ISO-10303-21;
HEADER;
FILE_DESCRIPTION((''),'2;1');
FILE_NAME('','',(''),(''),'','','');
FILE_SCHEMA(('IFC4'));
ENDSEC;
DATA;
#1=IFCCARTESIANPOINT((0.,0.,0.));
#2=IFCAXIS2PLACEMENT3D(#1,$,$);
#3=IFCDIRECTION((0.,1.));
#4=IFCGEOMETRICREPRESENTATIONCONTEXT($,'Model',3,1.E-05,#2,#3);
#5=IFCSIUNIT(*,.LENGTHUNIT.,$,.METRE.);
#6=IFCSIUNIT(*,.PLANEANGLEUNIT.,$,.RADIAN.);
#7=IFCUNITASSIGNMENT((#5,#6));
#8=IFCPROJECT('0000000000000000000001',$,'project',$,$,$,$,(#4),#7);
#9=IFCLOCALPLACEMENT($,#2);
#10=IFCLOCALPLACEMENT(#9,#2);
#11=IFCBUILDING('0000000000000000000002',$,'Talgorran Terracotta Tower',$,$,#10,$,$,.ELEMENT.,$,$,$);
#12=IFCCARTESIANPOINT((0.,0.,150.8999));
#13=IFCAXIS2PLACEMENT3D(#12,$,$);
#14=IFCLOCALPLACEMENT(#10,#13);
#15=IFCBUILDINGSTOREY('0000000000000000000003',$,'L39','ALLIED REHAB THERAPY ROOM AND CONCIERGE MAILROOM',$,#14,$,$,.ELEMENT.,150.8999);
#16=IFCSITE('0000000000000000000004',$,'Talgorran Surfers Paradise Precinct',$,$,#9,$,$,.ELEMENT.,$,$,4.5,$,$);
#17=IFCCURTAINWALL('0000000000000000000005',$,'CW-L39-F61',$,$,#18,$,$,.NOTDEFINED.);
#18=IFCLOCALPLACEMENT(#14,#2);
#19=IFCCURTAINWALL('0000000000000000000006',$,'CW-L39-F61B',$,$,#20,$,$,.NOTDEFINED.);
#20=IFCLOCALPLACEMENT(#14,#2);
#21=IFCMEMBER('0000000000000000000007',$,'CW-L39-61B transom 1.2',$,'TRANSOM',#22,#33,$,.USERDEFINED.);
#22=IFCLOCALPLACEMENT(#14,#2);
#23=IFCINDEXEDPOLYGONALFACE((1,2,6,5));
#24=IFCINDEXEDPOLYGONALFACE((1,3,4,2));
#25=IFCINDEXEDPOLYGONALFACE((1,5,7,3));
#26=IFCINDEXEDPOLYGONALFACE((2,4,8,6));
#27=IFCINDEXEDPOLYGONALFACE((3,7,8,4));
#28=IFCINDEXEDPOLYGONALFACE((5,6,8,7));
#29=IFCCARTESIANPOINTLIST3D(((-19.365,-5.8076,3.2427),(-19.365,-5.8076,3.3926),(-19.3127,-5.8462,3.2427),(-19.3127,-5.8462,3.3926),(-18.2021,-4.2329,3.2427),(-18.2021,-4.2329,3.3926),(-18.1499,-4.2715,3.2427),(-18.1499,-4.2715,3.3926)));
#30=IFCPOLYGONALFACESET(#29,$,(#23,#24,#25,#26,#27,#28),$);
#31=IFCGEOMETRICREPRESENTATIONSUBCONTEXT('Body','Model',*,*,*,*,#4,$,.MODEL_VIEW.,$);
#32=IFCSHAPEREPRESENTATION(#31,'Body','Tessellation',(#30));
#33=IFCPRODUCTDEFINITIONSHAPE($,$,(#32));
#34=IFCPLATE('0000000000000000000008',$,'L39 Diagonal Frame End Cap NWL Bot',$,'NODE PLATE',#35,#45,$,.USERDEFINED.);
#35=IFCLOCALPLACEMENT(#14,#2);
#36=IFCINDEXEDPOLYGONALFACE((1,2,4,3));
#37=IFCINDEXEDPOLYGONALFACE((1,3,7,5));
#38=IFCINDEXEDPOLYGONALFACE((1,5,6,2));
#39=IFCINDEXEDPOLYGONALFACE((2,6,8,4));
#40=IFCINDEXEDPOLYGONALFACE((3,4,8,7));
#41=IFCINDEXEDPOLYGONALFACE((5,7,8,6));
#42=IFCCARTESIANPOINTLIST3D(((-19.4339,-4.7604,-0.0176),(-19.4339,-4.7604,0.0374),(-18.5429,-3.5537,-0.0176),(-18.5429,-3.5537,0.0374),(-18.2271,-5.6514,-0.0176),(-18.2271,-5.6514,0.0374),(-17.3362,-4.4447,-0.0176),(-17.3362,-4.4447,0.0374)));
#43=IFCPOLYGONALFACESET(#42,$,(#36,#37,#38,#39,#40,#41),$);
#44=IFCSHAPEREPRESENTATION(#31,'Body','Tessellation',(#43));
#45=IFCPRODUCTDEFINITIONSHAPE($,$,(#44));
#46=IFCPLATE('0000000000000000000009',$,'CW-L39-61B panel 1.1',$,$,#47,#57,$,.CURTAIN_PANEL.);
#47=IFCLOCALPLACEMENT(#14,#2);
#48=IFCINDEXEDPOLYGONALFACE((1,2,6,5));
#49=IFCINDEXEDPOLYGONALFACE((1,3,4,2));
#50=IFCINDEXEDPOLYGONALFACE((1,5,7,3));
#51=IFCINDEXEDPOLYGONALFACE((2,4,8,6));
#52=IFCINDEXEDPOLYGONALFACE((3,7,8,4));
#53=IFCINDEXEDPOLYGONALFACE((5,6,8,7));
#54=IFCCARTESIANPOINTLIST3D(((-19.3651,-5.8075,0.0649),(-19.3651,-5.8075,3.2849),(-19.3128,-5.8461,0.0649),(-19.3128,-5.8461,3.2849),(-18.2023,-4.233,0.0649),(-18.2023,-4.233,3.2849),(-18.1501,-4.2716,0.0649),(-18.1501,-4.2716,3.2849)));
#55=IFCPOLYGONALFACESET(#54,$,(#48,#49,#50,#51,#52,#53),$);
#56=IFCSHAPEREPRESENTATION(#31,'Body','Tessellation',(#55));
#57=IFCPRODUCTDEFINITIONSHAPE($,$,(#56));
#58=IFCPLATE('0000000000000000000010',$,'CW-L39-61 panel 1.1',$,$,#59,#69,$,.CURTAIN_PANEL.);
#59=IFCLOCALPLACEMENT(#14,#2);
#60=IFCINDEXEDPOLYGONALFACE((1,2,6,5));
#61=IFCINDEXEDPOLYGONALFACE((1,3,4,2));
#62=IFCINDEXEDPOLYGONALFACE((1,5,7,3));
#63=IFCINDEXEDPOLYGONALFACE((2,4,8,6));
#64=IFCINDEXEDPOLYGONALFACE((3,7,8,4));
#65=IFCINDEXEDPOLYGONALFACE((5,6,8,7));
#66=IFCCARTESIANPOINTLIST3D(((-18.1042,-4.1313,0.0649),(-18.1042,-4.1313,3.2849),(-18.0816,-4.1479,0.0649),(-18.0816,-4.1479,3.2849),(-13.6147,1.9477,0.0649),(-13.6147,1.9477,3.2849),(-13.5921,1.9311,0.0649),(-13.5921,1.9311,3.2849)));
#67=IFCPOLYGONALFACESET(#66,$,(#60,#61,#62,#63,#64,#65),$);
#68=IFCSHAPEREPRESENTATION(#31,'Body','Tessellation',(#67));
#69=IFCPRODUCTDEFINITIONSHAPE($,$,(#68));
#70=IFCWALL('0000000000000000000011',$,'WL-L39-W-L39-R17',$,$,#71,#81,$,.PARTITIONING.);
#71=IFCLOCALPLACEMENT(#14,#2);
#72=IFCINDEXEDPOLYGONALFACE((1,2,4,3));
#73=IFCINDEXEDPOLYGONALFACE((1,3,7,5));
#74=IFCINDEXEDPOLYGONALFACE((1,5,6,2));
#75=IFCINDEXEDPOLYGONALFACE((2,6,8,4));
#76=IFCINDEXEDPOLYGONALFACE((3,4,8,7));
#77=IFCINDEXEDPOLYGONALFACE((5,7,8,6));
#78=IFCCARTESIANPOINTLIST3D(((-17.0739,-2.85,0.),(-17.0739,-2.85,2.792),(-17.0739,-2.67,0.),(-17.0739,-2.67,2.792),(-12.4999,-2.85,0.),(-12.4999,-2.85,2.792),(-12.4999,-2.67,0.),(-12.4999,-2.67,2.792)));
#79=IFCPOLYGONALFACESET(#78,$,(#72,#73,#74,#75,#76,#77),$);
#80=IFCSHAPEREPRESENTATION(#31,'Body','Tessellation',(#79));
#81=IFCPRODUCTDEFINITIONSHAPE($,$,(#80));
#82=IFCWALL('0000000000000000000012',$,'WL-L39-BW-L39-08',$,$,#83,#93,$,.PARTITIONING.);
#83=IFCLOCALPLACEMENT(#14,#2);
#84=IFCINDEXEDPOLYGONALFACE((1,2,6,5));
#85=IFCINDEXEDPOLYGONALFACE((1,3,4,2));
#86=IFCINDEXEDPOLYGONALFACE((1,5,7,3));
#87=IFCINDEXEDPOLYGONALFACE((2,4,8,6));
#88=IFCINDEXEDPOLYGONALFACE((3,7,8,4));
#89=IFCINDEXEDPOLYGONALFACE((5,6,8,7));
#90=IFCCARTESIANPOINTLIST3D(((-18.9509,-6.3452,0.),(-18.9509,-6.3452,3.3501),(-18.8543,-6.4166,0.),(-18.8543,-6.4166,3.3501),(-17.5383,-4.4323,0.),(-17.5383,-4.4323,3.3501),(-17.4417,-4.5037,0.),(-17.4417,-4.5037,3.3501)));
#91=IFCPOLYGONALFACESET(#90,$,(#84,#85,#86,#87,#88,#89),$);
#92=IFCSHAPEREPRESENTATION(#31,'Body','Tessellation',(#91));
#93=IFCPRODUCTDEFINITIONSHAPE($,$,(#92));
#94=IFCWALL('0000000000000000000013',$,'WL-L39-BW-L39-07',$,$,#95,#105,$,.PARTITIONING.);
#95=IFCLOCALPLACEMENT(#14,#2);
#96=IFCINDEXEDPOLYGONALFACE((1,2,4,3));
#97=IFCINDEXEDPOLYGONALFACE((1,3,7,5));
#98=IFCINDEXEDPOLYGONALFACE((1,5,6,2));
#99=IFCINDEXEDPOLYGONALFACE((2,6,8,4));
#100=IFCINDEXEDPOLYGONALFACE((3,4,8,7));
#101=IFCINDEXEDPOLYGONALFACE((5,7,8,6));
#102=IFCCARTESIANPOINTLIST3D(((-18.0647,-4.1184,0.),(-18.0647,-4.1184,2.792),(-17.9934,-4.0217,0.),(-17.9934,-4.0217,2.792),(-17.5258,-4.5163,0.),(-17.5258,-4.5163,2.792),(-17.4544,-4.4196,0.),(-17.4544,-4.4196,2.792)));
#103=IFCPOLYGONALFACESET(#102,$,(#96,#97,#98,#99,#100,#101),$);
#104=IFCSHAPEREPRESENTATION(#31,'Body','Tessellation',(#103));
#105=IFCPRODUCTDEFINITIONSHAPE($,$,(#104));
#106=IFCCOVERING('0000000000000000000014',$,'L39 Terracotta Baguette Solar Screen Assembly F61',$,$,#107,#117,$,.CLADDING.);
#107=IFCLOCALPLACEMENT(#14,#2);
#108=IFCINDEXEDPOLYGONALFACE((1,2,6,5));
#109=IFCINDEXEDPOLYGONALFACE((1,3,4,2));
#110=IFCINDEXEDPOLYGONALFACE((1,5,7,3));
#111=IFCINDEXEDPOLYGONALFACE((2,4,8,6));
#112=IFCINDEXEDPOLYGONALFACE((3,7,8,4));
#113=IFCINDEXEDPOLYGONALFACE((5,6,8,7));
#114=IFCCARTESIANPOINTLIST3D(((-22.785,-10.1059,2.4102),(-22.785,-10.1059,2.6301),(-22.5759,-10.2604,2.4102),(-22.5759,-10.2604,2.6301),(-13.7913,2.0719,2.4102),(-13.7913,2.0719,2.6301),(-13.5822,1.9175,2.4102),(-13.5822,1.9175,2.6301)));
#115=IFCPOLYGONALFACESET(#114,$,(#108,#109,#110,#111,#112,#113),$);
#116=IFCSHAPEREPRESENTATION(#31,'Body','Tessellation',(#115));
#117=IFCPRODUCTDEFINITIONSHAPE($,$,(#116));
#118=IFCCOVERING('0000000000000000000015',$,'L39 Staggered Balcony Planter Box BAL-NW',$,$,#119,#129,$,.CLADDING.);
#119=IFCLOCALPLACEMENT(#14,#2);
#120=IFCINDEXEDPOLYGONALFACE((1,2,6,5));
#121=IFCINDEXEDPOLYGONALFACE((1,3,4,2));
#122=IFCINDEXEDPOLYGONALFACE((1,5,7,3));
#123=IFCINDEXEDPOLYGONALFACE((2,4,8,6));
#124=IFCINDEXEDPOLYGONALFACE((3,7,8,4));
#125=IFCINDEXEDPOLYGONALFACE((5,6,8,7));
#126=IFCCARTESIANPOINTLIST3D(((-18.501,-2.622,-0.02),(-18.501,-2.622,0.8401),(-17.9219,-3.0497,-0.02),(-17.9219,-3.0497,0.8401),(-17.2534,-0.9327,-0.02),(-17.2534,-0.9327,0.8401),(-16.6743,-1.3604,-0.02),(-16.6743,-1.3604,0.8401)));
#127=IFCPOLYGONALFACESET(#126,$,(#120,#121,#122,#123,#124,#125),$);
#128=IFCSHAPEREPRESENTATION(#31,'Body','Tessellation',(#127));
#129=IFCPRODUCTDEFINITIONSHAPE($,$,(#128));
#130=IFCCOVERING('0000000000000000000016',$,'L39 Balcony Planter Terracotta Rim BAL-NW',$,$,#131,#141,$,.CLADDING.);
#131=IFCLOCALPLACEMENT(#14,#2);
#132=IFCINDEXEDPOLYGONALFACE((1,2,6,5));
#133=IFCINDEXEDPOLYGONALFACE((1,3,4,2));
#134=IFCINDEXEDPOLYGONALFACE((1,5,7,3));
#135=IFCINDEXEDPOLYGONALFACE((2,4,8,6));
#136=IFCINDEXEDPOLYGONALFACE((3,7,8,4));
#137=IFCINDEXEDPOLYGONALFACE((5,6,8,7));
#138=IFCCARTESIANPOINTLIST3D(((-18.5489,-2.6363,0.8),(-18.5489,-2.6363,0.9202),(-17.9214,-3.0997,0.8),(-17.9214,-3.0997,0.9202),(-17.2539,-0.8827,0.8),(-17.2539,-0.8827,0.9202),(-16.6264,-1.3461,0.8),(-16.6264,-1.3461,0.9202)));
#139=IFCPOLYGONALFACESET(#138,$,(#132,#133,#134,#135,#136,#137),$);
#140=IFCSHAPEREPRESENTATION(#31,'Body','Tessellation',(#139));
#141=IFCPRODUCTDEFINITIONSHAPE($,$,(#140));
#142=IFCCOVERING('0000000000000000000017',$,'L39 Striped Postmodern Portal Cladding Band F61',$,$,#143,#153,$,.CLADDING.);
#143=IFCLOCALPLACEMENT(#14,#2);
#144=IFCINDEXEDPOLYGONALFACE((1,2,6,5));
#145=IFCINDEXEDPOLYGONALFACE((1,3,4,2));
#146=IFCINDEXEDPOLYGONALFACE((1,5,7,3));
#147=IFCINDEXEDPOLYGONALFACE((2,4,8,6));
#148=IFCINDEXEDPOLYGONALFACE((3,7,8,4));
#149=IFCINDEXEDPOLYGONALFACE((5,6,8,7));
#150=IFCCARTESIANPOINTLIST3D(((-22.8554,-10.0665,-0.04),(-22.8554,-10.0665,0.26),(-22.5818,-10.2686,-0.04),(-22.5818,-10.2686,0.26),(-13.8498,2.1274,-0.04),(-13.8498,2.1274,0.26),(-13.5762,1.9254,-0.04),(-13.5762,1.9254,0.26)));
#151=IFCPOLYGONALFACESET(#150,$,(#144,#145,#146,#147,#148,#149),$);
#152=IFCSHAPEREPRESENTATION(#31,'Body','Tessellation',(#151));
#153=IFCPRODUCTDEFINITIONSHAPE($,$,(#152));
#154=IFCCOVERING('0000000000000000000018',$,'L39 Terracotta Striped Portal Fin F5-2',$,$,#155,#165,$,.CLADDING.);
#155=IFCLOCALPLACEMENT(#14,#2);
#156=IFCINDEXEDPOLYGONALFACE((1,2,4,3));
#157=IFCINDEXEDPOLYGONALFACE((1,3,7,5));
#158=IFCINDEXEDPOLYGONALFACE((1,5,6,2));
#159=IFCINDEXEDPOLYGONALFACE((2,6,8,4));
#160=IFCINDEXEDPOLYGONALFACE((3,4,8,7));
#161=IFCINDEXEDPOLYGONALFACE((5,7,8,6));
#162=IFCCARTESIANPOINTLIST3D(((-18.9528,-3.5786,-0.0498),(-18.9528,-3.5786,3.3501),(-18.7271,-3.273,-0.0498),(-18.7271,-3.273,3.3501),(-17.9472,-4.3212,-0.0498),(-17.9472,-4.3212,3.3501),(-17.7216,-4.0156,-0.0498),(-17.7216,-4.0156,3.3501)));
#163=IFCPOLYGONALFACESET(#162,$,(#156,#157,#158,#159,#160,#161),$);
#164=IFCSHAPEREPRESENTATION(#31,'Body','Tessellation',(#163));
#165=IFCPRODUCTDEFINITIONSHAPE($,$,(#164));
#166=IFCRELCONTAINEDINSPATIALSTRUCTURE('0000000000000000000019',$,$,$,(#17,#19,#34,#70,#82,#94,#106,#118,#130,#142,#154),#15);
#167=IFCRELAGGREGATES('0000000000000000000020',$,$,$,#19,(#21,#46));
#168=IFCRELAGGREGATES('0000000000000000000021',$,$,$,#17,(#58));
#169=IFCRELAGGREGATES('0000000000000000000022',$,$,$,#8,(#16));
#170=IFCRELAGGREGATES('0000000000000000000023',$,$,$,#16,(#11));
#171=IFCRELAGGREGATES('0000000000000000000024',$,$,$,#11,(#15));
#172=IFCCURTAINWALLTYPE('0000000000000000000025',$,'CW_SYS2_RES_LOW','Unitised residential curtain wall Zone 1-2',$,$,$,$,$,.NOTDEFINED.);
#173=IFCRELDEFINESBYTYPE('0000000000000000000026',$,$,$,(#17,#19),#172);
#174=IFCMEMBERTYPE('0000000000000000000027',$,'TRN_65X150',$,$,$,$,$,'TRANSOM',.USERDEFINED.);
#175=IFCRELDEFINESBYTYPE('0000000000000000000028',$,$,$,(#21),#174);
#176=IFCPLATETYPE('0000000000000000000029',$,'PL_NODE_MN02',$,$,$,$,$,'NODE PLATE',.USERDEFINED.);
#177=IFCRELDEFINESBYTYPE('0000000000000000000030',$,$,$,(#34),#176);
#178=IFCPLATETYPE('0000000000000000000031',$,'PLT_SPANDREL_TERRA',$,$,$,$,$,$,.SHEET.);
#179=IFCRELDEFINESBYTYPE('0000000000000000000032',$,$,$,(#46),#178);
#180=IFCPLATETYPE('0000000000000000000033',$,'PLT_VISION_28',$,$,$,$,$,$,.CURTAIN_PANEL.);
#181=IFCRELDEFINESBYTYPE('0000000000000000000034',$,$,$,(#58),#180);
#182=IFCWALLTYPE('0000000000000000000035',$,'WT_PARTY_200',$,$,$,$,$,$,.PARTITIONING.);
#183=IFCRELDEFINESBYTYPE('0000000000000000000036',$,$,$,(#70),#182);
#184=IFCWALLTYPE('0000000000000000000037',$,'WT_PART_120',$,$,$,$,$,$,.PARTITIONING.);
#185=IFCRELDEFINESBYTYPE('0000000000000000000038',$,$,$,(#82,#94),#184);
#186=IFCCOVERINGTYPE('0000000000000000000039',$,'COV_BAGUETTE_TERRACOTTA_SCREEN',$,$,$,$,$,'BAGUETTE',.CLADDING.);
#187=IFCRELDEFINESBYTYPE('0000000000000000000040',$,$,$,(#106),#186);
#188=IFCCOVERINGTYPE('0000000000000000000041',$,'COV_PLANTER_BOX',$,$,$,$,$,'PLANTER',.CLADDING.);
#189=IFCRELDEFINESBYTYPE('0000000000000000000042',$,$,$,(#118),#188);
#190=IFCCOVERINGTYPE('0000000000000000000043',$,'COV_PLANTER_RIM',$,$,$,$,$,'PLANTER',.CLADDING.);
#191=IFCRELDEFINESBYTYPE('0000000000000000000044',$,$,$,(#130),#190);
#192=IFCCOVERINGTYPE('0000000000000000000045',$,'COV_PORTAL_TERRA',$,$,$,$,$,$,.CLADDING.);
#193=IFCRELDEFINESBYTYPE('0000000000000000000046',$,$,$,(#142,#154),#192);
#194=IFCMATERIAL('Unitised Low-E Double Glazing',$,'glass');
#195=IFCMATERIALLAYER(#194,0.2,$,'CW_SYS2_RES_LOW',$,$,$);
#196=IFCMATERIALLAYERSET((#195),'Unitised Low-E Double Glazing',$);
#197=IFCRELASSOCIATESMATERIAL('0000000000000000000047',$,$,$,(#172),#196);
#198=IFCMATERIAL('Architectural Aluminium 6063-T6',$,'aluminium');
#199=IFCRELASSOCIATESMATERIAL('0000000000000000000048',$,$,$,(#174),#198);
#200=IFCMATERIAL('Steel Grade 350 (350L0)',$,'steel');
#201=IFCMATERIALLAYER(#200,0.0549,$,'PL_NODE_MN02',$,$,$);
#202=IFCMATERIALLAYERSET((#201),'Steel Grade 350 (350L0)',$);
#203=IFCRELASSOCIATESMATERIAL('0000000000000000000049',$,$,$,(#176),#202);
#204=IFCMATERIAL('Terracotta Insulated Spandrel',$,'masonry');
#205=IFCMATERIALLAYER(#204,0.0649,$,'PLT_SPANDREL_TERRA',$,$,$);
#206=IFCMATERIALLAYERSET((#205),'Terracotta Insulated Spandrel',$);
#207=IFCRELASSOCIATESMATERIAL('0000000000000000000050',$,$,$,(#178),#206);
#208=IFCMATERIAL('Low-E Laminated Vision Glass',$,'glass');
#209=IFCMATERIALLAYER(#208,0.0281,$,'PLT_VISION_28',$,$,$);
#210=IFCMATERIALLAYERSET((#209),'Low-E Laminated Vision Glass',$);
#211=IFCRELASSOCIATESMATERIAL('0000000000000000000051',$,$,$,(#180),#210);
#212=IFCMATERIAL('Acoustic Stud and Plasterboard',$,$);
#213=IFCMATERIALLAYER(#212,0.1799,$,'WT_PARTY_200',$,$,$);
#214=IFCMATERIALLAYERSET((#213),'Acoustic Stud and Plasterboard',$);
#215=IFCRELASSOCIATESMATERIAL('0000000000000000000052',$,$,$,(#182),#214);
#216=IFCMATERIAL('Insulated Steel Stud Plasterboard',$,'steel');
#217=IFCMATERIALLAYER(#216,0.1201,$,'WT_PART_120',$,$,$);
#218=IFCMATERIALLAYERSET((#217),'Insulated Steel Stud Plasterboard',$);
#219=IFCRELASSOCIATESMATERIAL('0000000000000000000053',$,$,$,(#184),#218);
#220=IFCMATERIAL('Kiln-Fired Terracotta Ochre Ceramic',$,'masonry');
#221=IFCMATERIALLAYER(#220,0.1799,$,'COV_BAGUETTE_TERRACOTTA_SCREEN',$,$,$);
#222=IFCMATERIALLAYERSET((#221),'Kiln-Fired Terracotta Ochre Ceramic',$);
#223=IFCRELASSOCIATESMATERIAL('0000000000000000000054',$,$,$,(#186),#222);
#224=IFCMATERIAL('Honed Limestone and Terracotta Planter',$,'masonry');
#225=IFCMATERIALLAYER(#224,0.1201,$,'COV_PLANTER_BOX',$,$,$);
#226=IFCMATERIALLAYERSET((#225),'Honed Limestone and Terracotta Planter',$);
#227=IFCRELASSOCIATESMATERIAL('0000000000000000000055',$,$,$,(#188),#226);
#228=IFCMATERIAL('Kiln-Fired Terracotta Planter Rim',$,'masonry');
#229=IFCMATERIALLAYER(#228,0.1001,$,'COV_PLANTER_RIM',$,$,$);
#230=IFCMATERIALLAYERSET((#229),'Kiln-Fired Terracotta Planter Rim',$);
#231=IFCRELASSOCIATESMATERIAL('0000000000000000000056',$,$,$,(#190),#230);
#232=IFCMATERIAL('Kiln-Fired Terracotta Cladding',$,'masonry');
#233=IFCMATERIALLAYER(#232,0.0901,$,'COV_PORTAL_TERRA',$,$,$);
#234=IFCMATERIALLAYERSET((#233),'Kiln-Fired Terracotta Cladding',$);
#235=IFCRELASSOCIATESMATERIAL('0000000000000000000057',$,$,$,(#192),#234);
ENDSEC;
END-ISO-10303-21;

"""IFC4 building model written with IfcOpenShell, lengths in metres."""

from ifc_helpers import new_model, si_unit, direction, frame, frame_2d, origin, origin_2d, place, context, subcontext, project, spatial, rectangle, extrude, source, transform, mapped, material, layer, layer_set, material_profile, profile_set, type_object, type_shapes, element, aggregate, save


model = new_model("IFC4")

# Units and contexts
model_context = context("Model", 3, precision=1e-05, world=origin(), true_north=direction((0.0, 1.0)))
body_context = subcontext(model_context, "Body", "Model", "MODEL_VIEW")
ifc_project = project(units=[si_unit("LENGTHUNIT", "METRE"), si_unit("PLANEANGLEUNIT", "RADIAN")], contexts=[model_context])

# Site, building, storey
site_placement = place(None, origin())
site = spatial("IfcSite", under=ifc_project, at=site_placement, Name="Talgorran Surfers Paradise Precinct", CompositionType="ELEMENT", RefElevation=4.5)
building_placement = place(site_placement, origin())
building = spatial("IfcBuilding", under=site, at=building_placement, Name="Talgorran Terracotta Tower", CompositionType="ELEMENT")
storey_placement = place(building_placement, frame((0.0, 0.0, 150.8999)))
storey = spatial("IfcBuildingStorey", under=building, at=storey_placement, Name="L39", Description="ALLIED REHAB THERAPY ROOM AND CONCIERGE MAILROOM", CompositionType="ELEMENT", Elevation=150.8999)

# Shared definitions
ifc_material_1 = material(Name="Steel Grade 350 (350L0)", Category="steel")

# Curtain walls
ifc_material_2 = material(Name="Unitised Low-E Double Glazing", Category="glass")
ifc_layer_1 = layer(ifc_material_2, 0.2, Name="CW_SYS2_RES_LOW")
ifc_layer_set_1 = layer_set([ifc_layer_1], Name="Unitised Low-E Double Glazing")
curtain_wall_type = type_object("IfcCurtainWallType", Name="CW_SYS2_RES_LOW", Description="Unitised residential curtain wall Zone 1-2", PredefinedType="NOTDEFINED", material=ifc_layer_set_1)
curtain_wall_1_placement = place(storey_placement, origin())
curtain_wall_1 = element("IfcCurtainWall", 1, at=curtain_wall_1_placement, inside=storey, type_object=curtain_wall_type, Name="CW-L39-F61", PredefinedType="NOTDEFINED")
ifc_material_3 = material(Name="Architectural Aluminium 6063-T6", Category="aluminium")
curtain_wall_2_placement = place(storey_placement, origin())
curtain_wall_2 = element("IfcCurtainWall", 2, at=curtain_wall_2_placement, inside=storey, type_object=curtain_wall_type, Name="CW-L39-F61B", PredefinedType="NOTDEFINED")

# Member
ifc_material_profile_1 = material_profile(ifc_material_3, rectangle(XDim=0.0649, YDim=0.1499, at=origin_2d()), Name="CWT65X150")
ifc_profile_set_1 = profile_set([ifc_material_profile_1], Name="Architectural Aluminium 6063-T6")
member_type_1 = type_object("IfcMemberType", Name="TRN_65X150", ElementType="TRANSOM", PredefinedType="USERDEFINED", material=ifc_profile_set_1)
member_1_placement = place(storey_placement, frame((-18.176, -4.2522, 3.3176), z_axis=(-0.594037, -0.804438, 0.0), x_axis=(0.804438, -0.594037, 0.0)))
member_1 = element("IfcMember", 3, at=member_1_placement, type_object=member_type_1, Name="CW-L39-61B transom 1.2", ObjectType="TRANSOM", PredefinedType="USERDEFINED", context=body_context, shape_type="SweptSolid", body=[
    extrude(rectangle(XDim=0.0649, YDim=0.1499, at=origin_2d()), origin(), (0.0, 0.0, 1.0), 1.9575),
])

# Plates
ifc_layer_2 = layer(ifc_material_1, 0.0549, Name="PL_NODE_MN02")
ifc_layer_set_2 = layer_set([ifc_layer_2], Name="Steel Grade 350 (350L0)")
plate_type_1 = type_object("IfcPlateType", Name="PL_NODE_MN02", ElementType="NODE PLATE", PredefinedType="USERDEFINED", material=ifc_layer_set_2)
plate_1_placement = place(storey_placement, frame((-18.385, -4.6025, -0.0176), z_axis=(0.0, 0.0, 1.0), x_axis=(-0.593981, -0.804479, 0.0)))
element("IfcPlate", 4, at=plate_1_placement, inside=storey, type_object=plate_type_1, Name="L39 Diagonal Frame End Cap NWL Bot", ObjectType="NODE PLATE", PredefinedType="USERDEFINED", context=body_context, shape_type="SweptSolid", body=[
    extrude(rectangle(XDim=1.5, YDim=1.5, at=origin_2d()), origin(), (0.0, 0.0, 1.0), 0.0549),
])
ifc_material_4 = material(Name="Terracotta Insulated Spandrel", Category="masonry")
ifc_layer_3 = layer(ifc_material_4, 0.0649, Name="PLT_SPANDREL_TERRA")
ifc_layer_set_3 = layer_set([ifc_layer_3], Name="Terracotta Insulated Spandrel")
plate_type_2 = type_object("IfcPlateType", Name="PLT_SPANDREL_TERRA", PredefinedType="SHEET", material=ifc_layer_set_3)
shared_shape_1 = source(origin(), body_context, "Body", "SweptSolid", [
    extrude(rectangle(XDim=1.9573, YDim=0.0649, at=origin_2d()), origin(), (0.0, 0.0, 1.0), 3.22),
])
type_shapes(plate_type_2, [shared_shape_1])
plate_2_placement = place(storey_placement, frame((-18.7576, -5.0396, 0.0649), z_axis=(0.0, 0.0, 1.0), x_axis=(-0.594089, -0.804399, 0.0)))
plate_2 = element("IfcPlate", 5, at=plate_2_placement, type_object=plate_type_2, Name="CW-L39-61B panel 1.1", PredefinedType="CURTAIN_PANEL", context=body_context, shape_type="MappedRepresentation", body=[
    mapped(shared_shape_1, transform((0.0, 0.0, 0.0), scale=1.0)),
])
aggregate(curtain_wall_2, [member_1, plate_2])
ifc_material_5 = material(Name="Low-E Laminated Vision Glass", Category="glass")
ifc_layer_4 = layer(ifc_material_5, 0.0281, Name="PLT_VISION_28")
ifc_layer_set_4 = layer_set([ifc_layer_4], Name="Low-E Laminated Vision Glass")
plate_type_3 = type_object("IfcPlateType", Name="PLT_VISION_28", PredefinedType="CURTAIN_PANEL", material=ifc_layer_set_4)
shared_shape_2 = source(origin(), body_context, "Body", "SweptSolid", [
    extrude(rectangle(XDim=7.5571, YDim=0.0281, at=origin_2d()), origin(), (0.0, 0.0, 1.0), 3.22),
])
type_shapes(plate_type_3, [shared_shape_2])
plate_3_placement = place(storey_placement, frame((-15.8481, -1.1001, 0.0649), z_axis=(0.0, 0.0, 1.0), x_axis=(-0.594079, -0.804407, 0.0)))
plate_3 = element("IfcPlate", 6, at=plate_3_placement, type_object=plate_type_3, Name="CW-L39-61 panel 1.1", PredefinedType="CURTAIN_PANEL", context=body_context, shape_type="MappedRepresentation", body=[
    mapped(shared_shape_2, transform((0.0, 0.0, 0.0), scale=1.0)),
])
aggregate(curtain_wall_1, [plate_3])

# Walls
ifc_material_6 = material(Name="Acoustic Stud and Plasterboard")
ifc_layer_5 = layer(ifc_material_6, 0.1799, Name="WT_PARTY_200")
ifc_layer_set_5 = layer_set([ifc_layer_5], Name="Acoustic Stud and Plasterboard")
wall_type_1 = type_object("IfcWallType", Name="WT_PARTY_200", PredefinedType="PARTITIONING", material=ifc_layer_set_5)
wall_1_placement = place(storey_placement, frame((-17.074, -2.76, 0.0), z_axis=(0.0, 0.0, 1.0), x_axis=(1.0, 0.0, 0.0)))
element("IfcWall", 7, at=wall_1_placement, inside=storey, type_object=wall_type_1, Name="WL-L39-W-L39-R17", PredefinedType="PARTITIONING", context=body_context, shape_type="SweptSolid", body=[
    extrude(rectangle(XDim=4.574, YDim=0.1799, at=frame_2d((2.2871, 0.0))), origin(), (0.0, 0.0, 1.0), 2.792),
])
ifc_material_7 = material(Name="Insulated Steel Stud Plasterboard", Category="steel")
ifc_layer_6 = layer(ifc_material_7, 0.1201, Name="WT_PART_120")
ifc_layer_set_6 = layer_set([ifc_layer_6], Name="Insulated Steel Stud Plasterboard")
wall_type_2 = type_object("IfcWallType", Name="WT_PART_120", PredefinedType="PARTITIONING", material=ifc_layer_set_6)
wall_2_placement = place(storey_placement, frame((-17.49, -4.468, 0.0), z_axis=(0.0, 0.0, 1.0), x_axis=(-0.594053, -0.804426, 0.0)))
element("IfcWall", 8, at=wall_2_placement, inside=storey, type_object=wall_type_2, Name="WL-L39-BW-L39-08", PredefinedType="PARTITIONING", context=body_context, shape_type="SweptSolid", body=[
    extrude(rectangle(XDim=2.3779, YDim=0.1201, at=frame_2d((1.189, 0.0))), origin(), (0.0, 0.0, 1.0), 3.3501),
])
wall_3_placement = place(storey_placement, frame((-18.0291, -4.0701, 0.0), z_axis=(0.0, 0.0, 1.0), x_axis=(0.804524, -0.59392, 0.0)))
element("IfcWall", 9, at=wall_3_placement, inside=storey, type_object=wall_type_2, Name="WL-L39-BW-L39-07", PredefinedType="PARTITIONING", context=body_context, shape_type="SweptSolid", body=[
    extrude(rectangle(XDim=0.6699, YDim=0.1201, at=frame_2d((0.335, 0.0))), origin(), (0.0, 0.0, 1.0), 2.792),
])

# Coverings
ifc_material_8 = material(Name="Kiln-Fired Terracotta Ochre Ceramic", Category="masonry")
ifc_layer_7 = layer(ifc_material_8, 0.1799, Name="COV_BAGUETTE_TERRACOTTA_SCREEN")
ifc_layer_set_7 = layer_set([ifc_layer_7], Name="Kiln-Fired Terracotta Ochre Ceramic")
covering_type_1 = type_object("IfcCoveringType", Name="COV_BAGUETTE_TERRACOTTA_SCREEN", ElementType="BAGUETTE", PredefinedType="CLADDING", material=ifc_layer_set_7)
covering_1_placement = place(storey_placement, frame((-18.1836, -4.0942, 2.4102), z_axis=(0.0, 0.0, 1.0), x_axis=(-0.594079, -0.804407, 0.0)))
element("IfcCovering", 10, at=covering_1_placement, inside=storey, type_object=covering_type_1, Name="L39 Terracotta Baguette Solar Screen Assembly F61", PredefinedType="CLADDING", context=body_context, shape_type="SweptSolid", body=[
    extrude(rectangle(XDim=15.1389, YDim=0.26, at=origin_2d()), origin(), (0.0, 0.0, 1.0), 0.22),
])
ifc_material_9 = material(Name="Honed Limestone and Terracotta Planter", Category="masonry")
ifc_layer_8 = layer(ifc_material_9, 0.1201, Name="COV_PLANTER_BOX")
ifc_layer_set_8 = layer_set([ifc_layer_8], Name="Honed Limestone and Terracotta Planter")
covering_type_2 = type_object("IfcCoveringType", Name="COV_PLANTER_BOX", ElementType="PLANTER", PredefinedType="CLADDING", material=ifc_layer_set_8)
covering_2_placement = place(storey_placement, frame((-17.5876, -1.9912, -0.02), z_axis=(0.0, 0.0, 1.0), x_axis=(-0.594079, -0.804407, 0.0)))
element("IfcCovering", 11, at=covering_2_placement, inside=storey, type_object=covering_type_2, Name="L39 Staggered Balcony Planter Box BAL-NW", PredefinedType="CLADDING", context=body_context, shape_type="SweptSolid", body=[
    extrude(rectangle(XDim=2.1001, YDim=0.72, at=origin_2d()), origin(), (0.0, 0.0, 1.0), 0.8601),
])
ifc_material_10 = material(Name="Kiln-Fired Terracotta Planter Rim", Category="masonry")
ifc_layer_9 = layer(ifc_material_10, 0.1001, Name="COV_PLANTER_RIM")
ifc_layer_set_9 = layer_set([ifc_layer_9], Name="Kiln-Fired Terracotta Planter Rim")
covering_type_3 = type_object("IfcCoveringType", Name="COV_PLANTER_RIM", ElementType="PLANTER", PredefinedType="CLADDING", material=ifc_layer_set_9)
covering_3_placement = place(storey_placement, frame((-17.5876, -1.9912, 0.8), z_axis=(0.0, 0.0, 1.0), x_axis=(-0.594079, -0.804407, 0.0)))
element("IfcCovering", 12, at=covering_3_placement, inside=storey, type_object=covering_type_3, Name="L39 Balcony Planter Terracotta Rim BAL-NW", PredefinedType="CLADDING", context=body_context, shape_type="SweptSolid", body=[
    extrude(rectangle(XDim=2.1799, YDim=0.78, at=origin_2d()), origin(), (0.0, 0.0, 1.0), 0.1201),
])
ifc_material_11 = material(Name="Kiln-Fired Terracotta Cladding", Category="masonry")
ifc_layer_10 = layer(ifc_material_11, 0.0901, Name="COV_PORTAL_TERRA")
ifc_layer_set_10 = layer_set([ifc_layer_10], Name="Kiln-Fired Terracotta Cladding")
covering_type_4 = type_object("IfcCoveringType", Name="COV_PORTAL_TERRA", PredefinedType="CLADDING", material=ifc_layer_set_10)
covering_4_placement = place(storey_placement, frame((-18.2158, -4.0706, -0.04), z_axis=(0.0, 0.0, 1.0), x_axis=(-0.594079, -0.804407, 0.0)))
element("IfcCovering", 13, at=covering_4_placement, inside=storey, type_object=covering_type_4, Name="L39 Striped Postmodern Portal Cladding Band F61", PredefinedType="CLADDING", context=body_context, shape_type="SweptSolid", body=[
    extrude(rectangle(XDim=15.1589, YDim=0.3401, at=origin_2d()), origin(), (0.0, 0.0, 1.0), 0.3),
])
covering_5_placement = place(storey_placement, frame((-18.3372, -3.7971, -0.0498), z_axis=(0.0, 0.0, 1.0), x_axis=(-0.594079, -0.804407, 0.0)))
element("IfcCovering", 14, at=covering_5_placement, inside=storey, type_object=covering_type_4, Name="L39 Terracotta Striped Portal Fin F5-2", PredefinedType="CLADDING", context=body_context, shape_type="SweptSolid", body=[
    extrude(rectangle(XDim=0.3799, YDim=1.25, at=origin_2d()), origin(), (0.0, 0.0, 1.0), 3.3999),
])

save(model, "model.ifc")
